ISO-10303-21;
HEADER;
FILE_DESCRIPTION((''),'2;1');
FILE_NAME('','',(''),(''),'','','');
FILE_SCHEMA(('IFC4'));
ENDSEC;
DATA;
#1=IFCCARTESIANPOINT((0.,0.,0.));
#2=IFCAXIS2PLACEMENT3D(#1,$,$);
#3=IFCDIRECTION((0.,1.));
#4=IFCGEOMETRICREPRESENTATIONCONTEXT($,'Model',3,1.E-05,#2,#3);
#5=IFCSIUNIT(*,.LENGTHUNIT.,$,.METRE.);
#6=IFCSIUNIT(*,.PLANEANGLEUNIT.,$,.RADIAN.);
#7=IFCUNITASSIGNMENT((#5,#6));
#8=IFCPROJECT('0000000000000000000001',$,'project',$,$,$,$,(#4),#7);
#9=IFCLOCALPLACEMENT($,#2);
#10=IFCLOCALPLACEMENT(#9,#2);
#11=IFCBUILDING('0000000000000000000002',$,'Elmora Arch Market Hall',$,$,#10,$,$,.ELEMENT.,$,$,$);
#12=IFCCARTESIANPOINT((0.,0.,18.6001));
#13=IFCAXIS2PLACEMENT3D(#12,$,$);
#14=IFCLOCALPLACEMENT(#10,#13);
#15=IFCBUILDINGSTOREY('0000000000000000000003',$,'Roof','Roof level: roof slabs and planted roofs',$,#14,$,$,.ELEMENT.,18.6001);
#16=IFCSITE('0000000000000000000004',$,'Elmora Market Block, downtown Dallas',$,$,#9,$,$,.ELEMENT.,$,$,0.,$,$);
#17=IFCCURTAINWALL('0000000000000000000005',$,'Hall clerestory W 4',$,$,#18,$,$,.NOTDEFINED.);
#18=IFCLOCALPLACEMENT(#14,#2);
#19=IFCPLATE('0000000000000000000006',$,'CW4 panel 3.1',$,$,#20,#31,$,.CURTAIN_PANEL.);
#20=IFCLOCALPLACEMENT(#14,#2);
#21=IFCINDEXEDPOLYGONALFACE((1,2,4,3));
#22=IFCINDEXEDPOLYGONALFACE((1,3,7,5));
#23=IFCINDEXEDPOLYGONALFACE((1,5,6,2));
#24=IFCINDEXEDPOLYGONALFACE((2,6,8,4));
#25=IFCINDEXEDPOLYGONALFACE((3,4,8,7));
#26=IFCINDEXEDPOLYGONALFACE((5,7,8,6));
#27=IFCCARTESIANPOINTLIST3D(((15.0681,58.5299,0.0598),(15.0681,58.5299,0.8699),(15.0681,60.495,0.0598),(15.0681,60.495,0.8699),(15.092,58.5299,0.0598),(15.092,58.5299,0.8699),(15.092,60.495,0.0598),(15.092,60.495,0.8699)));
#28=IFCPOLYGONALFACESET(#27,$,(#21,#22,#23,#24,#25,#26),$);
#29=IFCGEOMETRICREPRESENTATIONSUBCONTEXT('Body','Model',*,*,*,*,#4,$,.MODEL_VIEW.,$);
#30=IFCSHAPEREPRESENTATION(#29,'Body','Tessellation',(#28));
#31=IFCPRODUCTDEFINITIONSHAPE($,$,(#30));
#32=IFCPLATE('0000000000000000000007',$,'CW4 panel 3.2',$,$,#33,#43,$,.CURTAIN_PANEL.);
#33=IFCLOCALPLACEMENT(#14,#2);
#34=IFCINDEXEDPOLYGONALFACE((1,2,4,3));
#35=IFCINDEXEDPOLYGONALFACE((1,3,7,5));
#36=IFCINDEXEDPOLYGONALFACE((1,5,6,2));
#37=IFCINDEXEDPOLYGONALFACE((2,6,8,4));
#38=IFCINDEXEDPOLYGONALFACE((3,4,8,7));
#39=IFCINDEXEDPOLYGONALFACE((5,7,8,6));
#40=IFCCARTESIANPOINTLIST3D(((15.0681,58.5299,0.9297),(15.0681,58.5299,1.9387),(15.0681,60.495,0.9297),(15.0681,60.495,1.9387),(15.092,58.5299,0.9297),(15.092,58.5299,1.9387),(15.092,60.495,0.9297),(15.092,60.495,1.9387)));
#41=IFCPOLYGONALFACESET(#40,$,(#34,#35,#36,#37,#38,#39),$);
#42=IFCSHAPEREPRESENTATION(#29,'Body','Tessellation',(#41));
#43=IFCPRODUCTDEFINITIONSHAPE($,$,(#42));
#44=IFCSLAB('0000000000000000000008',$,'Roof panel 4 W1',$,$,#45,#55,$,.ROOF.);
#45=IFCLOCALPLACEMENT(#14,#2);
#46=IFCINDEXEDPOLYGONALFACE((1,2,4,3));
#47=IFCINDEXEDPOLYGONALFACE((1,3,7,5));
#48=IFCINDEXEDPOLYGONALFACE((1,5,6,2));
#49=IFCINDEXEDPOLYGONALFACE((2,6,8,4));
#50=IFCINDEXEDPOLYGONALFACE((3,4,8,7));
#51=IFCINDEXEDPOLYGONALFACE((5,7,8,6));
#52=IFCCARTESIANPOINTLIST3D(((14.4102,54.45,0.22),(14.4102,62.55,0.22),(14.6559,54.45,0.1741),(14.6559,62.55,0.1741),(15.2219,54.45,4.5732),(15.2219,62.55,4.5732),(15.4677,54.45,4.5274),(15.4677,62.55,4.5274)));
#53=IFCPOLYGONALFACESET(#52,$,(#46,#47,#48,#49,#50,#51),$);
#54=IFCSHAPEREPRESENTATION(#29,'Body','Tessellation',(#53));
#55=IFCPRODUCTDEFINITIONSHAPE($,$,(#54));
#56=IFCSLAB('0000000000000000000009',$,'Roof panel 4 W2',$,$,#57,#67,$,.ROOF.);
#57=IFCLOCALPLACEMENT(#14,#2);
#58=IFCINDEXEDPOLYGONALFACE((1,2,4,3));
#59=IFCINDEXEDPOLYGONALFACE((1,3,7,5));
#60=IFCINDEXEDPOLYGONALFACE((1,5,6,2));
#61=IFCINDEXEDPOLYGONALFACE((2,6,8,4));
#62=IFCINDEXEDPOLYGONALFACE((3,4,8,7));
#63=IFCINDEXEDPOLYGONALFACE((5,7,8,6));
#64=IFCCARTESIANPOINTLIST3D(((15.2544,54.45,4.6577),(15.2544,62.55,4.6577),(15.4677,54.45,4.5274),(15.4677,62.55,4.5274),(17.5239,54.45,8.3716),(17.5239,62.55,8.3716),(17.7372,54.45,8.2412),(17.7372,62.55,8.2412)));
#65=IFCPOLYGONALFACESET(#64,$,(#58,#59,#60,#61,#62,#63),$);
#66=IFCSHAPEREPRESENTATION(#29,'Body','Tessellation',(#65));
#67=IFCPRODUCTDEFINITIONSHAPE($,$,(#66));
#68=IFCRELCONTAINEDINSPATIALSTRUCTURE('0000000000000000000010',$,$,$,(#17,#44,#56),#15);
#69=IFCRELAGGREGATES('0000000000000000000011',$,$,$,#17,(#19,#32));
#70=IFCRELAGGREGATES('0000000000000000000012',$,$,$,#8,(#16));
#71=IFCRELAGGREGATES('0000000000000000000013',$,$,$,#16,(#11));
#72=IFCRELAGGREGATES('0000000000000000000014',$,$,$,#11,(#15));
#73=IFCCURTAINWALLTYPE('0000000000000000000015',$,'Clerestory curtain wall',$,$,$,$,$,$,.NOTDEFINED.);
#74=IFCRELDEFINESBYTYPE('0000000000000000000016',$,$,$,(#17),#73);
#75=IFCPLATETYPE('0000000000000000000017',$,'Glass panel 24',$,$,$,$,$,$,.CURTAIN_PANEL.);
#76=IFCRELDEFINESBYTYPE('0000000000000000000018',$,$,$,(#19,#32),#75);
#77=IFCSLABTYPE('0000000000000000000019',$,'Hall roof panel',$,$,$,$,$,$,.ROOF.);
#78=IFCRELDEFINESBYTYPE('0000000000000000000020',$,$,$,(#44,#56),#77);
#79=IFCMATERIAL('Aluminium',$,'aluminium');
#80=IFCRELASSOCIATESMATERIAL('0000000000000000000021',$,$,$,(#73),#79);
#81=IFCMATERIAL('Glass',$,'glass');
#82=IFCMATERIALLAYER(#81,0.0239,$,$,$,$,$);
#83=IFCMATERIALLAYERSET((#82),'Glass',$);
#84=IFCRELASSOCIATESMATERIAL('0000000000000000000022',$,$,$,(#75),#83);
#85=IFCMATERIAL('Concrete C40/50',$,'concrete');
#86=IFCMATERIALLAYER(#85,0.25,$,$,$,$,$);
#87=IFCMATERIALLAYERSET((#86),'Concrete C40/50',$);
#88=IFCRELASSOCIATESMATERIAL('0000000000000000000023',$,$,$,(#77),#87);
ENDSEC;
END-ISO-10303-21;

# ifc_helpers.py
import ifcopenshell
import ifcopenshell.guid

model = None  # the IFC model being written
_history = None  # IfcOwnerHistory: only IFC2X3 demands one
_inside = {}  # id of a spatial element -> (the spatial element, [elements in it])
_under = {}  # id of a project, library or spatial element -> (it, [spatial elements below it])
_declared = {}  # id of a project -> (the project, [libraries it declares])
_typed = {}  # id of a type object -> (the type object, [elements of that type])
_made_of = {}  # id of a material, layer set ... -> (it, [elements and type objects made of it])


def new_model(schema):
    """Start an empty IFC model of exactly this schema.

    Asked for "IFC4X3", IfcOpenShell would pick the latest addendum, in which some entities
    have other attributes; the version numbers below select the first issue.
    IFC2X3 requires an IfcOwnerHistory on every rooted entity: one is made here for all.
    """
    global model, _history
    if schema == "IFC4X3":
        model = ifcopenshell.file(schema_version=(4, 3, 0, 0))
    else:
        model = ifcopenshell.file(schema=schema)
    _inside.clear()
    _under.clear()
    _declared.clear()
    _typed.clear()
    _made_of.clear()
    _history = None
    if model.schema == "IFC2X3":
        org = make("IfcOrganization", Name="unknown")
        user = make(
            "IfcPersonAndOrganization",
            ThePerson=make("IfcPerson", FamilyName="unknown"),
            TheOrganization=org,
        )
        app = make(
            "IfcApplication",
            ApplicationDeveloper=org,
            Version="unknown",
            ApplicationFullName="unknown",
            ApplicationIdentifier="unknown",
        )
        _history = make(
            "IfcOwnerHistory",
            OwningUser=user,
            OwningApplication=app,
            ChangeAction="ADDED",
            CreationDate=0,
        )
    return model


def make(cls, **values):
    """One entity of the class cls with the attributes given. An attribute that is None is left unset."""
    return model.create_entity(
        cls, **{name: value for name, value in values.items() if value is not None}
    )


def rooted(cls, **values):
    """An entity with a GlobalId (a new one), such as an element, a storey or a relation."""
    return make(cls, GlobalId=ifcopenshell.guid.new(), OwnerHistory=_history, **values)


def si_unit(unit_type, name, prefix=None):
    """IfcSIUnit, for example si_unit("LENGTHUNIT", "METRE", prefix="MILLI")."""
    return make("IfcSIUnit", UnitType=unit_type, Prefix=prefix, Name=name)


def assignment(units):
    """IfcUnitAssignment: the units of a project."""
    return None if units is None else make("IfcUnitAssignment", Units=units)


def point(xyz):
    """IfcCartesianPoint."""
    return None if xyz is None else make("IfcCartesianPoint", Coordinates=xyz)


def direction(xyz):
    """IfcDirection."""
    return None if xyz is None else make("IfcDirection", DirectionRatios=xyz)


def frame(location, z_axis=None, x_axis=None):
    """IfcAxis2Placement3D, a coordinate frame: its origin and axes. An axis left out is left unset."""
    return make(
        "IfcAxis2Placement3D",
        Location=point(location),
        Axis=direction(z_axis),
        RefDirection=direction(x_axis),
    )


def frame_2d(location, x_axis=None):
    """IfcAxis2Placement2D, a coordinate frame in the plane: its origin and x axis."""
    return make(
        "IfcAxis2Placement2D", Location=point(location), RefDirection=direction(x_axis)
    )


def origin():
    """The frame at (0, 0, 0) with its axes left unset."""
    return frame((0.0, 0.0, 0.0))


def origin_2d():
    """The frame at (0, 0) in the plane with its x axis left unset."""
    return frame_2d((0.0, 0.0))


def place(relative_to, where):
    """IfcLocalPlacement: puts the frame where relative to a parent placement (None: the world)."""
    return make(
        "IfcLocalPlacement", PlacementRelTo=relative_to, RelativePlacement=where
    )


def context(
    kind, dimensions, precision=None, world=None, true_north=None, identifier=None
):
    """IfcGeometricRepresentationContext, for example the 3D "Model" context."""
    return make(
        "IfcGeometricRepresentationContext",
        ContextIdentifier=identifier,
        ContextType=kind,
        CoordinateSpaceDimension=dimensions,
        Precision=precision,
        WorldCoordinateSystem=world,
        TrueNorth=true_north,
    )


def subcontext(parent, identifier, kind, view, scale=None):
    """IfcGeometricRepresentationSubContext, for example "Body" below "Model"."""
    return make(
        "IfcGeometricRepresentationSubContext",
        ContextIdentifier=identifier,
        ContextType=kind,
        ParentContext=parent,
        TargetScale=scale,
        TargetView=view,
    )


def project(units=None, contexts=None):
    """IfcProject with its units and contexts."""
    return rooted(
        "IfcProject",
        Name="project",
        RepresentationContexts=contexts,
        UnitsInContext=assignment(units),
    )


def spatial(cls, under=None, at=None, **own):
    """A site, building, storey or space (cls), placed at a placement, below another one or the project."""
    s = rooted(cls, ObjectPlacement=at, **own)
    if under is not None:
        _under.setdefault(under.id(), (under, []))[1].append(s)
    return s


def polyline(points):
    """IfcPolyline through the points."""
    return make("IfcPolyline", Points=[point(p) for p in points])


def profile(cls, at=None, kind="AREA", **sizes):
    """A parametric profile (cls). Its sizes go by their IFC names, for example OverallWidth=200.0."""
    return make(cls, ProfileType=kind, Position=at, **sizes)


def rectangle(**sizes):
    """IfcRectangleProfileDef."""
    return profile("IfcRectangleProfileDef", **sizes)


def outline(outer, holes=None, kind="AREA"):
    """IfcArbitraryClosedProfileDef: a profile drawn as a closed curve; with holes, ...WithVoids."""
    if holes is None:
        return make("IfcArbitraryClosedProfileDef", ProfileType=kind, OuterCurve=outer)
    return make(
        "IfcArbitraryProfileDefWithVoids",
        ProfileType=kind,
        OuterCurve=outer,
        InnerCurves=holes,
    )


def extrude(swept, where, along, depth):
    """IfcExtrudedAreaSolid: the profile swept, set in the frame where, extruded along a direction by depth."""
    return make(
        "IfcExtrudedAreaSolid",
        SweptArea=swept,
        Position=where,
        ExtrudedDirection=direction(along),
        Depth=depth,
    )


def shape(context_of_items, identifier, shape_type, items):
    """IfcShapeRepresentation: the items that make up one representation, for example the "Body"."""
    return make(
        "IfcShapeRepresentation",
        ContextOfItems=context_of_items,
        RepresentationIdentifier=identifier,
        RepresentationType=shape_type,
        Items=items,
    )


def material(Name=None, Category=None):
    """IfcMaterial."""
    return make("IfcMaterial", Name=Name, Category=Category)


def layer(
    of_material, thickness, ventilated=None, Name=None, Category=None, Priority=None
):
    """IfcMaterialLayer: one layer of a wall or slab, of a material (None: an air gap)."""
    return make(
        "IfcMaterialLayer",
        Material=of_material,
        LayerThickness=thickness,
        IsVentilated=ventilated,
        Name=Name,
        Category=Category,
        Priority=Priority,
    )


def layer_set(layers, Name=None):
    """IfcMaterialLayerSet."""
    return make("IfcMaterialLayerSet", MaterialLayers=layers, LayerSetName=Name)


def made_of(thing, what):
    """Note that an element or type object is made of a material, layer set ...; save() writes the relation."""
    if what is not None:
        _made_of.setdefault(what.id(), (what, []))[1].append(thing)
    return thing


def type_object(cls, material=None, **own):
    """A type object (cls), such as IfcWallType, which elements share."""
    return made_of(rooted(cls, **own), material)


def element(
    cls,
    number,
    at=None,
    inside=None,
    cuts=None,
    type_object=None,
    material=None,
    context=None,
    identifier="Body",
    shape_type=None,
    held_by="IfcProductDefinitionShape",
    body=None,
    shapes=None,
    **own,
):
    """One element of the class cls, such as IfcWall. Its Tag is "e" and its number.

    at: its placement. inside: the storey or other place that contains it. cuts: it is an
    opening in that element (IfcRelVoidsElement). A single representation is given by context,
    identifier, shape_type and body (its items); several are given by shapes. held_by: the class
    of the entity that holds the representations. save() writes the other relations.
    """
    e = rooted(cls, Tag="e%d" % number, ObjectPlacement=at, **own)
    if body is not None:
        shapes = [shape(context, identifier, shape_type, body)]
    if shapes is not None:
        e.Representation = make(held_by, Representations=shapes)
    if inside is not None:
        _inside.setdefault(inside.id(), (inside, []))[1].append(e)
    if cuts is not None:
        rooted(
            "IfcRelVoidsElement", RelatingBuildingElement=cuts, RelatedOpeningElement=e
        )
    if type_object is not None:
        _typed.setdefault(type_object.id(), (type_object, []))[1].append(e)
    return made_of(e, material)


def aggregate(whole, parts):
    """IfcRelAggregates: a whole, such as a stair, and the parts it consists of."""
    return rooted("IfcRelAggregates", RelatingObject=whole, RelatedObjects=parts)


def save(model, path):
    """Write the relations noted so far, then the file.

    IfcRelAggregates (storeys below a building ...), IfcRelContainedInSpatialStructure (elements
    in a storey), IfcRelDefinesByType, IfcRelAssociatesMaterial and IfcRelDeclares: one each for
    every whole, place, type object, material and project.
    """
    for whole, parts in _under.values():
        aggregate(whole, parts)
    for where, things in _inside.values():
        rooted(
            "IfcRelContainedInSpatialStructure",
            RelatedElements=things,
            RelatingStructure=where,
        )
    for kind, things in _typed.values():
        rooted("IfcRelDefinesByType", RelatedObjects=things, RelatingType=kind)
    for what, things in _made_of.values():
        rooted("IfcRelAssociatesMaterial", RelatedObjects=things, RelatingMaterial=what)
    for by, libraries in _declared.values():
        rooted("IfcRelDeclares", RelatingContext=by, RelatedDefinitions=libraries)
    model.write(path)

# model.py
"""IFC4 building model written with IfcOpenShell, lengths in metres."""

from ifc_helpers import new_model, si_unit, direction, frame, origin, origin_2d, place, context, subcontext, project, spatial, polyline, rectangle, outline, extrude, material, layer, layer_set, type_object, element, aggregate, save


model = new_model("IFC4")

# Units and contexts
model_context = context("Model", 3, precision=1e-05, world=origin(), true_north=direction((0.0, 1.0)))
body_context = subcontext(model_context, "Body", "Model", "MODEL_VIEW")
ifc_project = project(units=[si_unit("LENGTHUNIT", "METRE"), si_unit("PLANEANGLEUNIT", "RADIAN")], contexts=[model_context])

# Site, building, storey
site_placement = place(None, origin())
site = spatial("IfcSite", under=ifc_project, at=site_placement, Name="Elmora Market Block, downtown Dallas", CompositionType="ELEMENT", RefElevation=0.0)
building_placement = place(site_placement, origin())
building = spatial("IfcBuilding", under=site, at=building_placement, Name="Elmora Arch Market Hall", CompositionType="ELEMENT")
storey_placement = place(building_placement, frame((0.0, 0.0, 18.6001)))
storey = spatial("IfcBuildingStorey", under=building, at=storey_placement, Name="Roof", Description="Roof level: roof slabs and planted roofs", CompositionType="ELEMENT", Elevation=18.6001)

# Curtain wall
ifc_material_1 = material(Name="Aluminium", Category="aluminium")
curtain_wall_type = type_object("IfcCurtainWallType", Name="Clerestory curtain wall", PredefinedType="NOTDEFINED", material=ifc_material_1)
curtain_wall_1_placement = place(storey_placement, origin())
curtain_wall_1 = element("IfcCurtainWall", 1, at=curtain_wall_1_placement, inside=storey, type_object=curtain_wall_type, Name="Hall clerestory W 4", PredefinedType="NOTDEFINED")

# Plates
ifc_material_2 = material(Name="Glass", Category="glass")
ifc_layer_1 = layer(ifc_material_2, 0.0239)
ifc_layer_set_1 = layer_set([ifc_layer_1], Name="Glass")
plate_type = type_object("IfcPlateType", Name="Glass panel 24", PredefinedType="CURTAIN_PANEL", material=ifc_layer_set_1)
plate_1_placement = place(storey_placement, frame((15.0801, 59.5125, 0.0598), z_axis=(0.0, 0.0, 1.0), x_axis=(0.0, 1.0, 0.0)))
plate_1 = element("IfcPlate", 2, at=plate_1_placement, type_object=plate_type, Name="CW4 panel 3.1", PredefinedType="CURTAIN_PANEL", context=body_context, shape_type="SweptSolid", body=[
    extrude(rectangle(XDim=1.9651, YDim=0.0239, at=origin_2d()), origin(), (0.0, 0.0, 1.0), 0.8101),
])
plate_2_placement = place(storey_placement, frame((15.0801, 59.5125, 0.9297), z_axis=(0.0, 0.0, 1.0), x_axis=(0.0, 1.0, 0.0)))
plate_2 = element("IfcPlate", 3, at=plate_2_placement, type_object=plate_type, Name="CW4 panel 3.2", PredefinedType="CURTAIN_PANEL", context=body_context, shape_type="SweptSolid", body=[
    extrude(rectangle(XDim=1.9651, YDim=0.0239, at=origin_2d()), origin(), (0.0, 0.0, 1.0), 1.009),
])
aggregate(curtain_wall_1, [plate_1, plate_2])

# Slabs
ifc_material_3 = material(Name="Concrete C40/50", Category="concrete")
ifc_layer_2 = layer(ifc_material_3, 0.25)
ifc_layer_set_2 = layer_set([ifc_layer_2], Name="Concrete C40/50")
slab_type = type_object("IfcSlabType", Name="Hall roof panel", PredefinedType="ROOF", material=ifc_layer_set_2)
slab_1_placement = place(storey_placement, frame((14.4102, 54.45, 0.22), z_axis=(-0.983055, 0.0, 0.183313), x_axis=(0.0, 1.0, 0.0)))
element("IfcSlab", 4, at=slab_1_placement, inside=storey, type_object=slab_type, Name="Roof panel 4 W1", PredefinedType="ROOF", context=body_context, shape_type="SweptSolid", body=[
    extrude(outline(polyline([(0.0, 0.0), (8.1001, 0.0), (8.1001, -4.4283), (0.0, -4.4283), (0.0, 0.0)])), origin(), (0.0, 0.0, -1.0), 0.25),
])
slab_2_placement = place(storey_placement, frame((15.2544, 54.45, 4.6577), z_axis=(-0.853287, 0.0, 0.521441), x_axis=(0.0, 1.0, 0.0)))
element("IfcSlab", 5, at=slab_2_placement, inside=storey, type_object=slab_type, Name="Roof panel 4 W2", PredefinedType="ROOF", context=body_context, shape_type="SweptSolid", body=[
    extrude(outline(polyline([(0.0, 0.0), (8.1001, 0.0), (8.1001, -4.3524), (0.0, -4.3524), (0.0, 0.0)])), origin(), (0.0, 0.0, -1.0), 0.25),
])

save(model, "model.ifc")
